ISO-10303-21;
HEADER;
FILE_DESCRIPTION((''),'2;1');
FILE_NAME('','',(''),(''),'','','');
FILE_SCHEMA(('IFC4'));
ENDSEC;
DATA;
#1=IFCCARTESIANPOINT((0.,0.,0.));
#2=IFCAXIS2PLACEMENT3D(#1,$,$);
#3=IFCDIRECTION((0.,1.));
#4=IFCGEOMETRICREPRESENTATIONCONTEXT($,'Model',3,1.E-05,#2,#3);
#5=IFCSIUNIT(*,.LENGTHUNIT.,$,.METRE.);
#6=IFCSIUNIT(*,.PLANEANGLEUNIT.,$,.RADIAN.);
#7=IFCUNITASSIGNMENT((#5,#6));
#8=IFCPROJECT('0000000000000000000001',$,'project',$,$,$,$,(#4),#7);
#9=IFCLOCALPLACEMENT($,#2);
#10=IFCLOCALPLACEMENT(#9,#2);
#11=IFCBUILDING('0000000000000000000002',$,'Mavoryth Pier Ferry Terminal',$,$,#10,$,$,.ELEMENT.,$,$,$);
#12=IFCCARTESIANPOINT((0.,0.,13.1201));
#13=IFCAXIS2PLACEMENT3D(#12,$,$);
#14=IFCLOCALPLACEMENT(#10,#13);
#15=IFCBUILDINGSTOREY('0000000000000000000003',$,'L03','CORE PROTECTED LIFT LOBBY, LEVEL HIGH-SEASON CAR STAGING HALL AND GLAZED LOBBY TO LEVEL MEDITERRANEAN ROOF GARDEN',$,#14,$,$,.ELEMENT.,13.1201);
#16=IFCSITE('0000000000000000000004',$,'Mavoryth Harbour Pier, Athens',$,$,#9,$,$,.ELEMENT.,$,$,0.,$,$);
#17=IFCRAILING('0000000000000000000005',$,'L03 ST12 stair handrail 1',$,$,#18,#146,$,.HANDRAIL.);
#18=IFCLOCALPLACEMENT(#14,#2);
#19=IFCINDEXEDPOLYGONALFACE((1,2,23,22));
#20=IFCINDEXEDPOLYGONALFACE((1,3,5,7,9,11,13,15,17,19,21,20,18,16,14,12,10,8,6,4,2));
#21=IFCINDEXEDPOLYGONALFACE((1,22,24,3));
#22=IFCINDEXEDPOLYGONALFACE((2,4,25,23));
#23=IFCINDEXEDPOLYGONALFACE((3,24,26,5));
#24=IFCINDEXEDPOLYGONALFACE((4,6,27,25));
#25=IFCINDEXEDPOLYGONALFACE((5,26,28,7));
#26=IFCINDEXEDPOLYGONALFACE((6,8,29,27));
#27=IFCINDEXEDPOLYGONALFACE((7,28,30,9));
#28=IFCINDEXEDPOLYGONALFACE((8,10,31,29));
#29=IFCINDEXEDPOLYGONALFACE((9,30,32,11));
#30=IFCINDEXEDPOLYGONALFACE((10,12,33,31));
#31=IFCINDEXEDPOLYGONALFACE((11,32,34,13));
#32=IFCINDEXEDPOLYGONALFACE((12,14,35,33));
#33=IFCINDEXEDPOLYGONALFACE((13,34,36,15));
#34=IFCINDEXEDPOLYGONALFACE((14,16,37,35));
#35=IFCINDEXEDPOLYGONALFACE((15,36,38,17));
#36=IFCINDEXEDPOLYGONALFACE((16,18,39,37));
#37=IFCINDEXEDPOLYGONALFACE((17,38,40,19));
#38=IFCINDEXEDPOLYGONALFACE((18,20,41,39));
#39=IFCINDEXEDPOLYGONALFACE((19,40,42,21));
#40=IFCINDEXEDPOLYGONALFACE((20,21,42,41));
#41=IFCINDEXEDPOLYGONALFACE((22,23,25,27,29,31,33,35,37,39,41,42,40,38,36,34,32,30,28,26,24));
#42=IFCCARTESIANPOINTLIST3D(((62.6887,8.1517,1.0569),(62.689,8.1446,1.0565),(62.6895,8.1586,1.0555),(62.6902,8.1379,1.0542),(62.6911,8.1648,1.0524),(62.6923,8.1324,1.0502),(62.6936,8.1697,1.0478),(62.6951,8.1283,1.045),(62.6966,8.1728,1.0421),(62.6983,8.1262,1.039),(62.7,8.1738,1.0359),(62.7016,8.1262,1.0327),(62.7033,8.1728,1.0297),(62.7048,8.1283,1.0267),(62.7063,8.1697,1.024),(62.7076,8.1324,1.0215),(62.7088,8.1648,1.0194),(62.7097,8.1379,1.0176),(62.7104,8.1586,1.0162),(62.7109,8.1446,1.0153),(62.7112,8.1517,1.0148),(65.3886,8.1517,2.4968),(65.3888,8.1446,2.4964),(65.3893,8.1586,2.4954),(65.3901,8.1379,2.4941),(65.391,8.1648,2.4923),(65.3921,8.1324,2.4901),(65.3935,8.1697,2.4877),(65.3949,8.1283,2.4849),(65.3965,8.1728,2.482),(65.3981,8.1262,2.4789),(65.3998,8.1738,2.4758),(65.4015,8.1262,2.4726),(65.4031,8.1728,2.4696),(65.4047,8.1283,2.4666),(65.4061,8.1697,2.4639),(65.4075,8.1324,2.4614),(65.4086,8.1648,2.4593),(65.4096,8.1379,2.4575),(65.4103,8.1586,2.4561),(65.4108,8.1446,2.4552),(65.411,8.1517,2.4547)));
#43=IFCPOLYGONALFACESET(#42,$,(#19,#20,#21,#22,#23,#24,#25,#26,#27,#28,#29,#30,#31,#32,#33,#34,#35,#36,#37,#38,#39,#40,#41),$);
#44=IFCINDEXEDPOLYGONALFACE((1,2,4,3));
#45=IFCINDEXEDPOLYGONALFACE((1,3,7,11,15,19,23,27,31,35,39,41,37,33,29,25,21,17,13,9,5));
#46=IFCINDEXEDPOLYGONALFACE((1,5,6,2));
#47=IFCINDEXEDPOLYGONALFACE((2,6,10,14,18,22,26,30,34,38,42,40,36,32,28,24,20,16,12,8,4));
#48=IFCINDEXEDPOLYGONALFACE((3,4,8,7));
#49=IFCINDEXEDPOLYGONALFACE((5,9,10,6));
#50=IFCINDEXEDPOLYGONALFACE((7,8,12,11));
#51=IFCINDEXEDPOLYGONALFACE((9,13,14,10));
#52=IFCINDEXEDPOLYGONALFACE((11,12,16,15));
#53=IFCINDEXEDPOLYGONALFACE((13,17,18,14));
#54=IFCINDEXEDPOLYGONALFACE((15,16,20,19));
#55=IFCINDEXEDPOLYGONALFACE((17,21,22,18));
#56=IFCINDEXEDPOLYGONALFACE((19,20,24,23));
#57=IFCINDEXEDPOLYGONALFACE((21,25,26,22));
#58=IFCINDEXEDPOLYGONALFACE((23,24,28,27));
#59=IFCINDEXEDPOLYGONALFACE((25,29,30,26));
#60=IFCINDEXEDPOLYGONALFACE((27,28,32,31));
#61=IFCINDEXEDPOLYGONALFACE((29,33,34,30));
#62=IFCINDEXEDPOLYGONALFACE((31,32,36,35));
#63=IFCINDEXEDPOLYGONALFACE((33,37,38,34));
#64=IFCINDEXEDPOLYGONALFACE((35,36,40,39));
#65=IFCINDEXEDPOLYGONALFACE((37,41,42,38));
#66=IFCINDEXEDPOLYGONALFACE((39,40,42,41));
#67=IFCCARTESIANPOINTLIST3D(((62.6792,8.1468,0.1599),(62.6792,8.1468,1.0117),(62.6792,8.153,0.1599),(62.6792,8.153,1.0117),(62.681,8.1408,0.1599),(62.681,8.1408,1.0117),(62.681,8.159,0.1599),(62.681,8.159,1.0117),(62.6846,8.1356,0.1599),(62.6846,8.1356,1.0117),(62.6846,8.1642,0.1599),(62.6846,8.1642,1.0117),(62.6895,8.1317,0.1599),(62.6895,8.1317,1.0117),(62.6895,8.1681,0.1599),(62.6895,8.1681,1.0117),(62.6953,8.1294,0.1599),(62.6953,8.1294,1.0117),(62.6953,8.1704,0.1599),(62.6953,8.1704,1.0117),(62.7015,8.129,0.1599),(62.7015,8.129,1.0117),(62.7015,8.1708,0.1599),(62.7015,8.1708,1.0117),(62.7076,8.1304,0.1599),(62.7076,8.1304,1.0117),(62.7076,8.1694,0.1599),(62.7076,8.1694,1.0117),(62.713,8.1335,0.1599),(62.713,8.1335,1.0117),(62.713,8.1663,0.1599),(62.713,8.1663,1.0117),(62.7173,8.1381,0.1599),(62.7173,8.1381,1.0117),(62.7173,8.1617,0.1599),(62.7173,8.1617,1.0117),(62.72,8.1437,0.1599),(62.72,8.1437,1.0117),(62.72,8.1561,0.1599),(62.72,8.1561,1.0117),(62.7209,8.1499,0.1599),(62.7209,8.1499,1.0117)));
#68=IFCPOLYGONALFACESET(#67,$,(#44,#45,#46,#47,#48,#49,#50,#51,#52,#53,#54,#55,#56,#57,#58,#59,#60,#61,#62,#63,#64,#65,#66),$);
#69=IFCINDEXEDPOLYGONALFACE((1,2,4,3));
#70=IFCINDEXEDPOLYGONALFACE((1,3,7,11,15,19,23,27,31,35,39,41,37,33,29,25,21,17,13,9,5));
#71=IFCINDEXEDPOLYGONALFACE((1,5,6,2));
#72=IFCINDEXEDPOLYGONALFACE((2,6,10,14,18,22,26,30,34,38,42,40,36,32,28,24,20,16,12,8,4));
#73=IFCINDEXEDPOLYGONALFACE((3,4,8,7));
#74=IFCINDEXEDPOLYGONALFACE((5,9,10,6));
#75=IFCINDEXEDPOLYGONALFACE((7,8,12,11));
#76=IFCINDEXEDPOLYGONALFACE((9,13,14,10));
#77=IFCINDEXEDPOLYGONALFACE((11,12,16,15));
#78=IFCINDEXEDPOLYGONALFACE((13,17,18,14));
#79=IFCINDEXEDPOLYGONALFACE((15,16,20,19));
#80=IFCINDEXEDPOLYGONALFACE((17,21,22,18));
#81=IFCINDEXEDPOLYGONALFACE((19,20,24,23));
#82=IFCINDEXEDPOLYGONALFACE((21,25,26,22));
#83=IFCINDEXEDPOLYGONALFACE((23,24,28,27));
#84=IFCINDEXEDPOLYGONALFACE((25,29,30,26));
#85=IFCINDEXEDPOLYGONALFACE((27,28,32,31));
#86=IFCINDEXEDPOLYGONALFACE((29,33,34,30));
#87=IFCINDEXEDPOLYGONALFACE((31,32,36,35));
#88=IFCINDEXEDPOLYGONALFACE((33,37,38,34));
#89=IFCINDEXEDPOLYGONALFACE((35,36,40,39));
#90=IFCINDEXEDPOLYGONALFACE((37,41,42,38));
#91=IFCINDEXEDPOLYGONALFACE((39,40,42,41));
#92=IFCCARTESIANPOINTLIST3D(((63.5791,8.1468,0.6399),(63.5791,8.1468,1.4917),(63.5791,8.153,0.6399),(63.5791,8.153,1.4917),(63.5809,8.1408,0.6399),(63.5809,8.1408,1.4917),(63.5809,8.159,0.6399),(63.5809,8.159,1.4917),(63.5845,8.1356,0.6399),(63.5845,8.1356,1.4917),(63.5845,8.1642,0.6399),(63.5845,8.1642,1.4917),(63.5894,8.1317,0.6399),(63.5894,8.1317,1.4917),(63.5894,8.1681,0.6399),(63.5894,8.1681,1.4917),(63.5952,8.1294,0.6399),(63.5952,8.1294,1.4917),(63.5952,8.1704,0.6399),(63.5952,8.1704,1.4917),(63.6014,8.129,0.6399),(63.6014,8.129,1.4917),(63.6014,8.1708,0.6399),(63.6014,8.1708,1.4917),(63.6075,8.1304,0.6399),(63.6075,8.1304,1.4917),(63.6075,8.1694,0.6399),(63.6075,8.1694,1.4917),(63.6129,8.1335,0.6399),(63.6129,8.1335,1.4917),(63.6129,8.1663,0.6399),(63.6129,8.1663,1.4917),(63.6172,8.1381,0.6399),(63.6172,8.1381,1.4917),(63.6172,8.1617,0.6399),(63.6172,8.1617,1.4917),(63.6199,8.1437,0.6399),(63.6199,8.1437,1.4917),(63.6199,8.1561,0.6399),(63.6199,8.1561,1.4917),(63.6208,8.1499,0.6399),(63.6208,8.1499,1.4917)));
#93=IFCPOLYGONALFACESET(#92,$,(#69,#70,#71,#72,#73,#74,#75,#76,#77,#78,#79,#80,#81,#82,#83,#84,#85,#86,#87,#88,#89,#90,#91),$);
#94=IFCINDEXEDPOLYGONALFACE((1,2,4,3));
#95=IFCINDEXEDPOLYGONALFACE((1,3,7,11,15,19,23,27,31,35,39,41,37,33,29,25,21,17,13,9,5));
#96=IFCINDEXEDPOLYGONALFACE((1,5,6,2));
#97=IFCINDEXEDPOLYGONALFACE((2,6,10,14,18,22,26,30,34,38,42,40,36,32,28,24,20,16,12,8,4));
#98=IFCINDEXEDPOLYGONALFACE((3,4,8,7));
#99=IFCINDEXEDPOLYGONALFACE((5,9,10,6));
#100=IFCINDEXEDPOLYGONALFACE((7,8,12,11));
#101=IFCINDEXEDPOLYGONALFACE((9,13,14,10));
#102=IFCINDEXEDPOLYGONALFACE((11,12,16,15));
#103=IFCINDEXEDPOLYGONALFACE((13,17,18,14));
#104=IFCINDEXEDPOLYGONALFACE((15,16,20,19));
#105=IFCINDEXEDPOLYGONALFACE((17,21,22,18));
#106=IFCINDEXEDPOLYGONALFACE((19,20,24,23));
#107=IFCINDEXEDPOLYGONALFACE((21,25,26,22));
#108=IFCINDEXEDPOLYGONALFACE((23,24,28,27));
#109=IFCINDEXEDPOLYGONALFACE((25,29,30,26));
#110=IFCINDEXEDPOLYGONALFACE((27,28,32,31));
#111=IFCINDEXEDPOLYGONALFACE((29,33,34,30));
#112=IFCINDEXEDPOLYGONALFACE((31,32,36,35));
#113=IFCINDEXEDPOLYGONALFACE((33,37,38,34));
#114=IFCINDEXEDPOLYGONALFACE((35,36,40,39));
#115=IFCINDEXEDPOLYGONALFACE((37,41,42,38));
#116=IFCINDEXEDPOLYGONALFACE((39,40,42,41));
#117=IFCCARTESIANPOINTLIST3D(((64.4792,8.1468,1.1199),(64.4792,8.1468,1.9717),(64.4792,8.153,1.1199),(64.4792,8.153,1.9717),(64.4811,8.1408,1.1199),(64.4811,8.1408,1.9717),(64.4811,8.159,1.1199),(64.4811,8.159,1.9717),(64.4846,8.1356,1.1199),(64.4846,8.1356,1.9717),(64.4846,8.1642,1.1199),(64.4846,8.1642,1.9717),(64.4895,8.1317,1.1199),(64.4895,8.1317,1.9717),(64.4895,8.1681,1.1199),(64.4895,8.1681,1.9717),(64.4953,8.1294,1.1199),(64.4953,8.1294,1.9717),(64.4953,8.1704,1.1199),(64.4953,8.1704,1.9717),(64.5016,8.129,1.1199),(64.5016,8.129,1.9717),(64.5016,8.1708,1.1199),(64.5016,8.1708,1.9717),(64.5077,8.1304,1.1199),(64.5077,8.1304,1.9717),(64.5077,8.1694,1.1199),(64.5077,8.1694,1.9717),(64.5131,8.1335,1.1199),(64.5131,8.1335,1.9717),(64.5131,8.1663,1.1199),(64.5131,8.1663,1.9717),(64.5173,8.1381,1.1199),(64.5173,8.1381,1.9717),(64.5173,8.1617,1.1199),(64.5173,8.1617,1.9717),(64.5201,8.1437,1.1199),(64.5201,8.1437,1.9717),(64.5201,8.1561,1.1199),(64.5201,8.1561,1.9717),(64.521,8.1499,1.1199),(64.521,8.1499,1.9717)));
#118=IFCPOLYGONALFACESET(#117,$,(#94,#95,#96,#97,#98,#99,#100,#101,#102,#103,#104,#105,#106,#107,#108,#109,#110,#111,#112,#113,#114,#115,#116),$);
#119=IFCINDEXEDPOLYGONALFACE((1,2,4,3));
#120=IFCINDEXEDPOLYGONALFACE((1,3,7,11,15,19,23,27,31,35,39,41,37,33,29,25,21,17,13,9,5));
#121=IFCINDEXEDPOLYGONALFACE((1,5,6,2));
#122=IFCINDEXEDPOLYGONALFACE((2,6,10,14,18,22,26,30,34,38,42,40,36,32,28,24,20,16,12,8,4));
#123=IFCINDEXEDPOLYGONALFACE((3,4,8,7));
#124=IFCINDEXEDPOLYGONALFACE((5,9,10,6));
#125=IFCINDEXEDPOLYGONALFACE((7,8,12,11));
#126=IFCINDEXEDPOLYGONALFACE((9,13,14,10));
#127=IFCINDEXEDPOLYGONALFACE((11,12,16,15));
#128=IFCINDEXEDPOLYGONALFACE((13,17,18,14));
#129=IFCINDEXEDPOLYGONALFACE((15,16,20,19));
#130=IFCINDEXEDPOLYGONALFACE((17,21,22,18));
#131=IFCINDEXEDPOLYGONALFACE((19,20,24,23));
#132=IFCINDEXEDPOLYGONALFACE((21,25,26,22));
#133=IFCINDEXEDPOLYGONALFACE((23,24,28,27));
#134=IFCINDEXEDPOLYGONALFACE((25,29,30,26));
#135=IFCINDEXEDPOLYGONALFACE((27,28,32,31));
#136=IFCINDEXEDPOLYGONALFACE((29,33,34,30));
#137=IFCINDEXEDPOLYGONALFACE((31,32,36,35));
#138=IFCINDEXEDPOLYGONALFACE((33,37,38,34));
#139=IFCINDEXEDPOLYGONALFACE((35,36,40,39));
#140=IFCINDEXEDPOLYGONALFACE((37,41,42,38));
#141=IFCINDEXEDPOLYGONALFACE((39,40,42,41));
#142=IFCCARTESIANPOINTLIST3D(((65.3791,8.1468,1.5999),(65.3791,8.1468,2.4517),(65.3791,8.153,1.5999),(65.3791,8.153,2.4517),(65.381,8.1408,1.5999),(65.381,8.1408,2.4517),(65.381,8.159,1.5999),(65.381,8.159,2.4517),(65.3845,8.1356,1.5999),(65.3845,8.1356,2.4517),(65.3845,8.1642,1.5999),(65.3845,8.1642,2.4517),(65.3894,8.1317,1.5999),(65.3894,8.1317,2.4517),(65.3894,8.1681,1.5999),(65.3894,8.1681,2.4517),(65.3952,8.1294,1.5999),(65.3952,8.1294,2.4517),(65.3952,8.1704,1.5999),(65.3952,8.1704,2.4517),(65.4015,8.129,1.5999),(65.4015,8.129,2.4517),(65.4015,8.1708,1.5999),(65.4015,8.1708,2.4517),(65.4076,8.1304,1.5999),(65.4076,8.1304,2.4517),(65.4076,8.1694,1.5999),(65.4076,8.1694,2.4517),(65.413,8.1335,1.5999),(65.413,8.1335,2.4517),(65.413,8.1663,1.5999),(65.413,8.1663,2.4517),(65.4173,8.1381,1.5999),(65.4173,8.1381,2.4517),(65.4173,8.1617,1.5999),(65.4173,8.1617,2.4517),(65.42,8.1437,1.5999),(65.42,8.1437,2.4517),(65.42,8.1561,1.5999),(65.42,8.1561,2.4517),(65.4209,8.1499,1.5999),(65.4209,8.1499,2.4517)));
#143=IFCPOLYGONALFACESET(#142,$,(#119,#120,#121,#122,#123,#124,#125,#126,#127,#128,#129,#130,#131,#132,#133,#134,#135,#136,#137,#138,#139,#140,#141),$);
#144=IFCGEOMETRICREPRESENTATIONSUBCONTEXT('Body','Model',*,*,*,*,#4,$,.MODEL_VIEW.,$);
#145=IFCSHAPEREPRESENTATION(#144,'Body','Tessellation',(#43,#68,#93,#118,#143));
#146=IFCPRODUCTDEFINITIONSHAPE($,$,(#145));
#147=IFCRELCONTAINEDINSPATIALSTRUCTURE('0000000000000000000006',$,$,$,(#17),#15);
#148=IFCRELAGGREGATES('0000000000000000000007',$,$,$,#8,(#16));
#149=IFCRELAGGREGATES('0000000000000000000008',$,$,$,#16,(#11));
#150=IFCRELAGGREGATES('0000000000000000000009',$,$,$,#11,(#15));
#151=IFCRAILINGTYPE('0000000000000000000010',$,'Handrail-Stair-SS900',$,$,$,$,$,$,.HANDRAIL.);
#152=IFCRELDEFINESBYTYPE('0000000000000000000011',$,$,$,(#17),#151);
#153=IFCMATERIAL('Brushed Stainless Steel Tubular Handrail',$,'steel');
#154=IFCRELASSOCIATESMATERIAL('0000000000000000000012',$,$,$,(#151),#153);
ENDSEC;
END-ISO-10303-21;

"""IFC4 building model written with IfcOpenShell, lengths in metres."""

from ifc_helpers import new_model, si_unit, direction, frame, origin, origin_2d, place, context, subcontext, project, spatial, circle, extrude, material, type_object, element, save


model = new_model("IFC4")

# Units and contexts
model_context = context("Model", 3, precision=1e-05, world=origin(), true_north=direction((0.0, 1.0)))
body_context = subcontext(model_context, "Body", "Model", "MODEL_VIEW")
ifc_project = project(units=[si_unit("LENGTHUNIT", "METRE"), si_unit("PLANEANGLEUNIT", "RADIAN")], contexts=[model_context])

# Site, building, storey
site_placement = place(None, origin())
site = spatial("IfcSite", under=ifc_project, at=site_placement, Name="Mavoryth Harbour Pier, Athens", CompositionType="ELEMENT", RefElevation=0.0)
building_placement = place(site_placement, origin())
building = spatial("IfcBuilding", under=site, at=building_placement, Name="Mavoryth Pier Ferry Terminal", CompositionType="ELEMENT")
storey_placement = place(building_placement, frame((0.0, 0.0, 13.1201)))
storey = spatial("IfcBuildingStorey", under=building, at=storey_placement, Name="L03", Description="CORE PROTECTED LIFT LOBBY, LEVEL HIGH-SEASON CAR STAGING HALL AND GLAZED LOBBY TO LEVEL MEDITERRANEAN ROOF GARDEN", CompositionType="ELEMENT", Elevation=13.1201)

# Railing
ifc_material_1 = material(Name="Brushed Stainless Steel Tubular Handrail", Category="steel")
railing_type = type_object("IfcRailingType", Name="Handrail-Stair-SS900", PredefinedType="HANDRAIL", material=ifc_material_1)
railing_placement = place(storey_placement, frame((62.7, 8.1499, 0.1599)))
element("IfcRailing", 1, at=railing_placement, inside=storey, type_object=railing_type, Name="L03 ST12 stair handrail 1", PredefinedType="HANDRAIL", context=body_context, shape_type="SweptSolid", body=[
    extrude(circle(Radius=0.0239, at=origin_2d()), frame((0.0, 0.0, 0.876), z_axis=(0.882357, 0.0, 0.47058), x_axis=(0.0, 1.0, 0.0)), (0.0, 0.0, 1.0), 3.0598),
    extrude(circle(Radius=0.021, at=origin_2d()), origin(), (0.0, 0.0, 1.0), 0.8518),
    extrude(circle(Radius=0.021, at=origin_2d()), frame((0.8999, 0.0, 0.48)), (0.0, 0.0, 1.0), 0.8518),
    extrude(circle(Radius=0.021, at=origin_2d()), frame((1.8, 0.0, 0.96)), (0.0, 0.0, 1.0), 0.8518),
    extrude(circle(Radius=0.021, at=origin_2d()), frame((2.7, 0.0, 1.4399)), (0.0, 0.0, 1.0), 0.8518),
])

save(model, "model.ifc")
